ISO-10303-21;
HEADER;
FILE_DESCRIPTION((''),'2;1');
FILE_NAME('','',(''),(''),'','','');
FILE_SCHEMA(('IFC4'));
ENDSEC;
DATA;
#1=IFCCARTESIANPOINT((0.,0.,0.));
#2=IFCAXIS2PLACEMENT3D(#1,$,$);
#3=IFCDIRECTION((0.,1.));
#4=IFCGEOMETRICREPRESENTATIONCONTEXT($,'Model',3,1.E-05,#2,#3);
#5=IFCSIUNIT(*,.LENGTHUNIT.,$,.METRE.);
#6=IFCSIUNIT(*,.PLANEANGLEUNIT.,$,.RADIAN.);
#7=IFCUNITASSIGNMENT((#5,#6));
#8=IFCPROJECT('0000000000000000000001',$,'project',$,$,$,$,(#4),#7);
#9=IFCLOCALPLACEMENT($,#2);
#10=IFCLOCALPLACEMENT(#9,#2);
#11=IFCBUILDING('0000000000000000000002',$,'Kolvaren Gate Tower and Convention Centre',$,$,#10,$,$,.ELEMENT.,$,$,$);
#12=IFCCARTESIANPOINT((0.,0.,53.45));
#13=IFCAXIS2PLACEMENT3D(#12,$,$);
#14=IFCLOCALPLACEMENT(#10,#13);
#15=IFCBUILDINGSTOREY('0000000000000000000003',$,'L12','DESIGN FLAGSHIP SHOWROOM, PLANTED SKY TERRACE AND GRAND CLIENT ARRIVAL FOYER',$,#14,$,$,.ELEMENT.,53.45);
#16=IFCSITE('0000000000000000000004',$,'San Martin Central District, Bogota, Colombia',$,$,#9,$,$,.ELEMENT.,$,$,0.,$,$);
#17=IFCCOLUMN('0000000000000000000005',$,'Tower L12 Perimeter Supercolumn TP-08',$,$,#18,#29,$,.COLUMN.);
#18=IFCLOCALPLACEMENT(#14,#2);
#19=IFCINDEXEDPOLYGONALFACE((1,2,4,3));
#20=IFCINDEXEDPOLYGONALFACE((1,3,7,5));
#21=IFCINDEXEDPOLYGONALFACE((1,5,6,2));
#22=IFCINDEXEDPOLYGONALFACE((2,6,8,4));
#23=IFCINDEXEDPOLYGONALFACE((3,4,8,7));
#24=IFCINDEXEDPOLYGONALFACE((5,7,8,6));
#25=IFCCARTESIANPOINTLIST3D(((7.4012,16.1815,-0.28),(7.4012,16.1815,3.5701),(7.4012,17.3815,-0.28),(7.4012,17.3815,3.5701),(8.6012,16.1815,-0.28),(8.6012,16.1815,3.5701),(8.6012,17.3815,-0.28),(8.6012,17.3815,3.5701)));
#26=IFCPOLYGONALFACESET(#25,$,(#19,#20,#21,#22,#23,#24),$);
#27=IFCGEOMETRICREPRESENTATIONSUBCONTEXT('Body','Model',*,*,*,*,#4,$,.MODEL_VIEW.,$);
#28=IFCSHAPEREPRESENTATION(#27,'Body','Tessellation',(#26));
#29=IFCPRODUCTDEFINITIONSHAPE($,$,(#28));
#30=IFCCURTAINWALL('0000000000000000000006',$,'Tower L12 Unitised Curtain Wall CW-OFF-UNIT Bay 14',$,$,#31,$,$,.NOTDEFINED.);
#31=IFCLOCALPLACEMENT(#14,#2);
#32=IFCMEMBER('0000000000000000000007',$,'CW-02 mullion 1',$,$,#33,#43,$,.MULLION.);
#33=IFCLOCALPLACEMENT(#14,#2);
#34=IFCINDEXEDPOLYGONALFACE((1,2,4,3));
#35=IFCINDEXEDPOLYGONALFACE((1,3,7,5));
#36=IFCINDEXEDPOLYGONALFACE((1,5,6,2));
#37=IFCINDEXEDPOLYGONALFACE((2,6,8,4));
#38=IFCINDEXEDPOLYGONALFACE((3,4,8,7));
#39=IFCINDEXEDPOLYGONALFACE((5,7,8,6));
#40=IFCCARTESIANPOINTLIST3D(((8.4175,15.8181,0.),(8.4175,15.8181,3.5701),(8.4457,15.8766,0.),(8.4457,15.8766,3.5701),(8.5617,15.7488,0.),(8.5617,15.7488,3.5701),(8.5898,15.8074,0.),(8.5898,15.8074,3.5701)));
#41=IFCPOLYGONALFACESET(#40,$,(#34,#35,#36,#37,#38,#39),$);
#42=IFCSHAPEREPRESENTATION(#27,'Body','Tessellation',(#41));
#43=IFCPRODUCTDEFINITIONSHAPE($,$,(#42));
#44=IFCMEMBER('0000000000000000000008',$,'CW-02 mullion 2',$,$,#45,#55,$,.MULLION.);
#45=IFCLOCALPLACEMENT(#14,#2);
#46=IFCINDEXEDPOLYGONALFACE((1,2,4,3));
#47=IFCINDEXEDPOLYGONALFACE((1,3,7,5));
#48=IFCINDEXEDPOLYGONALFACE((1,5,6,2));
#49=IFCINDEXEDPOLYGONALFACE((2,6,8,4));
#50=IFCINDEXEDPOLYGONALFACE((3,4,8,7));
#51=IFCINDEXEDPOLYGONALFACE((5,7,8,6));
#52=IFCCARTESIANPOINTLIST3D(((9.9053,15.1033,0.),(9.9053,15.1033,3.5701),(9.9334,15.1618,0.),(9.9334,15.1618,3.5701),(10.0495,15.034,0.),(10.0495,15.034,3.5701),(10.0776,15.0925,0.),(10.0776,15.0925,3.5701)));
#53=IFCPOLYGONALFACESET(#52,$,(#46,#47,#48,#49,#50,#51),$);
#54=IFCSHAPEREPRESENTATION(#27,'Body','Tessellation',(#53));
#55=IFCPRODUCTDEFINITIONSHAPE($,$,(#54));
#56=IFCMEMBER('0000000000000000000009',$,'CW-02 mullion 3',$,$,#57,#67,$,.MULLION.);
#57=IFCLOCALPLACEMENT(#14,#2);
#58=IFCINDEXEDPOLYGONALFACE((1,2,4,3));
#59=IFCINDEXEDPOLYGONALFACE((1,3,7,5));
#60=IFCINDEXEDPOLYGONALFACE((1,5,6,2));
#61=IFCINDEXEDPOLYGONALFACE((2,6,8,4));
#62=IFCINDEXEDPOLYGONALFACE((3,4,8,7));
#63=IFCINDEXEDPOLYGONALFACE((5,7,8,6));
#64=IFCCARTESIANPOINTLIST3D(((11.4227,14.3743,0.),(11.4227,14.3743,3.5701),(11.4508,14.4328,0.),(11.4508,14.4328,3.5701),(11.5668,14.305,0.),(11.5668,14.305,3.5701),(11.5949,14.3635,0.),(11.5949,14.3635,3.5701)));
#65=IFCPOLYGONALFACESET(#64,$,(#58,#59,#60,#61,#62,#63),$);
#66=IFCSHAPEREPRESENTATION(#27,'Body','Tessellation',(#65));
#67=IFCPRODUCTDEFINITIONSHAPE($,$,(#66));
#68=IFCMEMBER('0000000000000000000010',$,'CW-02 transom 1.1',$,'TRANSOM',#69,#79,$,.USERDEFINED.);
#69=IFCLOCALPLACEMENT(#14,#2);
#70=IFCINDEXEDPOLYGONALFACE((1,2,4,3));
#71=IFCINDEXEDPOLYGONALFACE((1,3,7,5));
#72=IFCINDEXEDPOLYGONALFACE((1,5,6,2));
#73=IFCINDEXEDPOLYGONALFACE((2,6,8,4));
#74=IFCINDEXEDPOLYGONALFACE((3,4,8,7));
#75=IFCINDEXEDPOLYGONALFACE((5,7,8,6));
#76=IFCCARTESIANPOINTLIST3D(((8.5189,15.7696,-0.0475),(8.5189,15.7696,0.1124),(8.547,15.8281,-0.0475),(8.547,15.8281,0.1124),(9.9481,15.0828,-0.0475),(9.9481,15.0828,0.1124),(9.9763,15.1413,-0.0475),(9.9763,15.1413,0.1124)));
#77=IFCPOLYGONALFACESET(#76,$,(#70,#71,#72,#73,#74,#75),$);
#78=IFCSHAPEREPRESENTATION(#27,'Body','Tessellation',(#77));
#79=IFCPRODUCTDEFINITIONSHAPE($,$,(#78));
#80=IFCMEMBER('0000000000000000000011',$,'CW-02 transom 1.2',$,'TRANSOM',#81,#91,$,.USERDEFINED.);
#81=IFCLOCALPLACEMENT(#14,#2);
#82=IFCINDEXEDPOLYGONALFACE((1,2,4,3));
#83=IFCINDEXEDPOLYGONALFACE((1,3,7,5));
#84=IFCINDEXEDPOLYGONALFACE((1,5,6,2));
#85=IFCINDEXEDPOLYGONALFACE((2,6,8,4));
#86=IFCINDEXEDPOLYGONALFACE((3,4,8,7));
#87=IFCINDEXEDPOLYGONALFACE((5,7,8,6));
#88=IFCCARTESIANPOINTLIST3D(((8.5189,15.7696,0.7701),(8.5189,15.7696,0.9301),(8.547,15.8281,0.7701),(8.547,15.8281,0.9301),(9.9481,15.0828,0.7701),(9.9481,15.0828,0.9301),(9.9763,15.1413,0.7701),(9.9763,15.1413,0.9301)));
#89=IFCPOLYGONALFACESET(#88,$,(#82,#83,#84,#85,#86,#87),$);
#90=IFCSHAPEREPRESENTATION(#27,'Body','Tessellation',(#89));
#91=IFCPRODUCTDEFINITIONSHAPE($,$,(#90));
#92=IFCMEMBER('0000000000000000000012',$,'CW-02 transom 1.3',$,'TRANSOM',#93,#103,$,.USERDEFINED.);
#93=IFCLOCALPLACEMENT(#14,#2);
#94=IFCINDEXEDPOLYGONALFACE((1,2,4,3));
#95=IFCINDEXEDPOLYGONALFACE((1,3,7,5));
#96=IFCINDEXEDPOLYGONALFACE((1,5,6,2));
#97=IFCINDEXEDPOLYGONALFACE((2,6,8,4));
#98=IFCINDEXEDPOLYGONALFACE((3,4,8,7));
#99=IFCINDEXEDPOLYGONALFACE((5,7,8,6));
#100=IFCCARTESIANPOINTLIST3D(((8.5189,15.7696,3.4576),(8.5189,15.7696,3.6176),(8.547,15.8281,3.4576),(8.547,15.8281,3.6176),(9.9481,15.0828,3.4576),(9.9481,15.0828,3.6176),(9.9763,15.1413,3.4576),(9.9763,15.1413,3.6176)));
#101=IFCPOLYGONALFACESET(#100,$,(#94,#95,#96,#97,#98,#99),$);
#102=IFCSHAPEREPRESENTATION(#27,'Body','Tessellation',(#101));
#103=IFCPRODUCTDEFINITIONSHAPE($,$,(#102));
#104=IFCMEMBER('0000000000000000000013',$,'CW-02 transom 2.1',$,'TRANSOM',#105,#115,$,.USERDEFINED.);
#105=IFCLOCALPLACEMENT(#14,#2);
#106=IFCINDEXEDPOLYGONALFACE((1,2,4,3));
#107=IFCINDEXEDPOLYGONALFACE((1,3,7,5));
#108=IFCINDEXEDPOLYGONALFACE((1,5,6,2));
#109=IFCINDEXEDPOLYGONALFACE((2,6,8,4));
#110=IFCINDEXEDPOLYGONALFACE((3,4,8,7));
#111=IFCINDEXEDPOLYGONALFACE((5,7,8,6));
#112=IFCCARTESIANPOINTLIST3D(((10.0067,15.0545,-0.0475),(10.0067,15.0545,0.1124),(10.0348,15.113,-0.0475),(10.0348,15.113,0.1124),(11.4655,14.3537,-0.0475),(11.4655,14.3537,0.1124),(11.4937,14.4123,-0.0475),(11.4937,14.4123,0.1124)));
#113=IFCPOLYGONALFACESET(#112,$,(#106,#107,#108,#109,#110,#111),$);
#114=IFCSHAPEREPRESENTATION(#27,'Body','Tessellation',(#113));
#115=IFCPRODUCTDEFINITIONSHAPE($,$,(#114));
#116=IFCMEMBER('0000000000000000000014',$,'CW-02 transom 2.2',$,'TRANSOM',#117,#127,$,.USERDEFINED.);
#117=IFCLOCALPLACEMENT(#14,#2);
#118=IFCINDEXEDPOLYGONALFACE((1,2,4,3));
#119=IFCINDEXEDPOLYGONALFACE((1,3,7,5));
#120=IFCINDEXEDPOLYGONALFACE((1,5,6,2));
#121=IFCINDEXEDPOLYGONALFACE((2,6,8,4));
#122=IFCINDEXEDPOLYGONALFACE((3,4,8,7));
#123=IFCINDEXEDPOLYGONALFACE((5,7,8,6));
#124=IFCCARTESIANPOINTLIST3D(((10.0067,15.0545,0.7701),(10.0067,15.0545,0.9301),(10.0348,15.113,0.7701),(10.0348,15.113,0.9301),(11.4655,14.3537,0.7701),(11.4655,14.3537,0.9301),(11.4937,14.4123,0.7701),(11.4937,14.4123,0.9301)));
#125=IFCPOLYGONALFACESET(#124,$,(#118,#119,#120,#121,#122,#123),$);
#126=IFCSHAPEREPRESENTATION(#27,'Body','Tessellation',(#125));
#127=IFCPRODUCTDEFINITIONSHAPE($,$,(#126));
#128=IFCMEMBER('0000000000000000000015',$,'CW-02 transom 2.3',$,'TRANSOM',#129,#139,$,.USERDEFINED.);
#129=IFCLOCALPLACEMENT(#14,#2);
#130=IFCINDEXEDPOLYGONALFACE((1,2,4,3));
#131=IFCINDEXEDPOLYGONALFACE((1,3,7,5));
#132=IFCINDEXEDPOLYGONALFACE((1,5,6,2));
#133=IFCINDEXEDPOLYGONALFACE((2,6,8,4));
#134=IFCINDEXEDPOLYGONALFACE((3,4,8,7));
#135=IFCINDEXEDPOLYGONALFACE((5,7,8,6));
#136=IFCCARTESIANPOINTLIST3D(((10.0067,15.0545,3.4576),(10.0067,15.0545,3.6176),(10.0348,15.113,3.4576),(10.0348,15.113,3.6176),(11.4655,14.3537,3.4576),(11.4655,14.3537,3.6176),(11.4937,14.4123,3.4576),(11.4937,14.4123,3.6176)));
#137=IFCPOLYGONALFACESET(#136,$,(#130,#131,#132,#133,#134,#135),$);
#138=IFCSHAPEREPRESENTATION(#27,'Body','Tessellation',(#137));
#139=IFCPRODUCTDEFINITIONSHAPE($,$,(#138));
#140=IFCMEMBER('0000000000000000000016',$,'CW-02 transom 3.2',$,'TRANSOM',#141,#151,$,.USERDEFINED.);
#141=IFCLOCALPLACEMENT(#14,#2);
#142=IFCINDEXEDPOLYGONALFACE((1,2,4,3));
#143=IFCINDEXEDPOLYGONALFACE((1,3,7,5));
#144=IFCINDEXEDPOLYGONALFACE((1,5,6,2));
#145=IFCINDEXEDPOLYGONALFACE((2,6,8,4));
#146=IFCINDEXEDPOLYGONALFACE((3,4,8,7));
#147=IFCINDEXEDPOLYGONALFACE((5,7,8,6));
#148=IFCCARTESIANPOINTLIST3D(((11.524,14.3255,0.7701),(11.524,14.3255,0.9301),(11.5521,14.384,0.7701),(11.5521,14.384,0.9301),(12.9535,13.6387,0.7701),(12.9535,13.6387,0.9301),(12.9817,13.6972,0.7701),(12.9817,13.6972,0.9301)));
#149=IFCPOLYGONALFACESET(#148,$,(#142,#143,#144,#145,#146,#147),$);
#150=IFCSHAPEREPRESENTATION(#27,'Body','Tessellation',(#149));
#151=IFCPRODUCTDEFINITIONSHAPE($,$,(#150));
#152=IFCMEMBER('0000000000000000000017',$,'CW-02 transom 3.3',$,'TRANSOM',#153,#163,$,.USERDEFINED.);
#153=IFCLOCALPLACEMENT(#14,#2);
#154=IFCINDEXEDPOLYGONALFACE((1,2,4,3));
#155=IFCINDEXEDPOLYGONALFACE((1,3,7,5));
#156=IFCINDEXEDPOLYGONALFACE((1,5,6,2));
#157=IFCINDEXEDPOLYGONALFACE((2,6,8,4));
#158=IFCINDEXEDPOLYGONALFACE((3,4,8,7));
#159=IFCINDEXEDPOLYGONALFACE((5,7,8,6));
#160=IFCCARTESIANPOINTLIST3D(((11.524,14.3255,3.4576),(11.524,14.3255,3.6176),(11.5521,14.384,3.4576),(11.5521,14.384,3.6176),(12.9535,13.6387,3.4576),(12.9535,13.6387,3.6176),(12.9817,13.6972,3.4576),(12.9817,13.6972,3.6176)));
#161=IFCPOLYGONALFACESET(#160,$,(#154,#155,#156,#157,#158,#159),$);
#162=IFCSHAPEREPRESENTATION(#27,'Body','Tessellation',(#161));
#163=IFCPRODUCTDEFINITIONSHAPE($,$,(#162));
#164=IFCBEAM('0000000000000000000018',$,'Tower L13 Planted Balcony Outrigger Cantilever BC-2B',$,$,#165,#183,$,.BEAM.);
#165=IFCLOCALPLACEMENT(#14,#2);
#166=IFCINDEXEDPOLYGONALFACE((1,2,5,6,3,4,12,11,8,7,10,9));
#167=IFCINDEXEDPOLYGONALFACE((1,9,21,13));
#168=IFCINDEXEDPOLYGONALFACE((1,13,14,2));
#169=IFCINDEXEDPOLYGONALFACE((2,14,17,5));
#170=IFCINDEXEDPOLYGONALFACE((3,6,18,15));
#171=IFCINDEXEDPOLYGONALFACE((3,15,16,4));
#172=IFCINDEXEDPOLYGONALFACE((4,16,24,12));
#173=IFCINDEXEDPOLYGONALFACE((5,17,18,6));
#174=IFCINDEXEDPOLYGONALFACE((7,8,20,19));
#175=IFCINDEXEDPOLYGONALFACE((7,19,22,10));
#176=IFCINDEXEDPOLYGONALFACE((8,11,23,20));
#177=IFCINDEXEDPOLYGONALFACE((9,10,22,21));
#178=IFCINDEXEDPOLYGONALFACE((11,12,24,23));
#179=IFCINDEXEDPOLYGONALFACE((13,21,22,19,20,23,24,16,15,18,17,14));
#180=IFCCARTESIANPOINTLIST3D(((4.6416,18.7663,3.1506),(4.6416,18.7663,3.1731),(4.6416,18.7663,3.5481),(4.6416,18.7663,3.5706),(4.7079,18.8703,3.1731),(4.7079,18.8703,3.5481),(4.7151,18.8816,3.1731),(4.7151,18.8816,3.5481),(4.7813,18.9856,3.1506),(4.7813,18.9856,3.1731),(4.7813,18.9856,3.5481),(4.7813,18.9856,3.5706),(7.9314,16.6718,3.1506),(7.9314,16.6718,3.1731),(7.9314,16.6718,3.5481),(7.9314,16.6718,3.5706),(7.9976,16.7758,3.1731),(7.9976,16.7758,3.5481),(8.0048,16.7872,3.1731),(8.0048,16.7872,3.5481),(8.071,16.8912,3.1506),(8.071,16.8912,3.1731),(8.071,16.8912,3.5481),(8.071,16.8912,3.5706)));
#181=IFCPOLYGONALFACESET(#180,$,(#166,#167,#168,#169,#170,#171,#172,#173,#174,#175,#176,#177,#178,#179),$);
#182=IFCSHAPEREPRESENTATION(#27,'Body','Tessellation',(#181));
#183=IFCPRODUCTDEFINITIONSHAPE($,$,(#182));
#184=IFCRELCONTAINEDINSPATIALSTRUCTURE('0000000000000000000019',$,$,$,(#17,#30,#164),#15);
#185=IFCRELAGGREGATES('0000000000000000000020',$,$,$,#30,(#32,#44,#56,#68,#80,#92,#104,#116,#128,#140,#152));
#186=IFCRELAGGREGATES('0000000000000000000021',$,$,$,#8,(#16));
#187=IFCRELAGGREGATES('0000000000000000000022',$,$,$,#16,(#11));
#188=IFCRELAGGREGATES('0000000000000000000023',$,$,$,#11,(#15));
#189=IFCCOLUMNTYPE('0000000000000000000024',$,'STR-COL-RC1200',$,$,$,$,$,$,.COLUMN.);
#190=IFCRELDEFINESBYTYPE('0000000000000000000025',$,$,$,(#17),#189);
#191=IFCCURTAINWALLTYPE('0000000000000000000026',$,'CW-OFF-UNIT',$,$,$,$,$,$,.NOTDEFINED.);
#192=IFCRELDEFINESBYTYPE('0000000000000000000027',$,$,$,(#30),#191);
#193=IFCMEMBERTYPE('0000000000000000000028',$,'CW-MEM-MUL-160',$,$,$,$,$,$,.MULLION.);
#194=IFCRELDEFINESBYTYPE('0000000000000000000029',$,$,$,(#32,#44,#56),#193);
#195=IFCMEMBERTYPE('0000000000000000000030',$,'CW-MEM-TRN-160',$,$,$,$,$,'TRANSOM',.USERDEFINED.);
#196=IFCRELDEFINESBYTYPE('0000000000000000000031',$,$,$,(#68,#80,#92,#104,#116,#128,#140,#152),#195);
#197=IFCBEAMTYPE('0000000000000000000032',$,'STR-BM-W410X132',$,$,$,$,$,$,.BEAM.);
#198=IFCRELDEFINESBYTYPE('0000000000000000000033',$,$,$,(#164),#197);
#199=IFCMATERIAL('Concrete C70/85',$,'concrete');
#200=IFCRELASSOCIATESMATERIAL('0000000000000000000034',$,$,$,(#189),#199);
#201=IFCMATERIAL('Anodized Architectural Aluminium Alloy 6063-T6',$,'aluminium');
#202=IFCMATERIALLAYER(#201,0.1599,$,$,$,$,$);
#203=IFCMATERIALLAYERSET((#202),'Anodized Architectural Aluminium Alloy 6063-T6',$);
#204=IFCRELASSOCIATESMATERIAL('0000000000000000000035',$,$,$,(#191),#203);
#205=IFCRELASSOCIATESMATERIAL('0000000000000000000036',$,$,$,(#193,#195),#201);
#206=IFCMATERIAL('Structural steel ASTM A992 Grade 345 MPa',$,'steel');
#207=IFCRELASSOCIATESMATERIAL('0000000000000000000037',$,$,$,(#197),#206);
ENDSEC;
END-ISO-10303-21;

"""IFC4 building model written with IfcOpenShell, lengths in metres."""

from ifc_helpers import new_model, si_unit, direction, frame, origin, origin_2d, place, context, subcontext, project, spatial, rectangle, i_section, extrude, material, layer, layer_set, material_profile, profile_set, type_object, element, aggregate, save


model = new_model("IFC4")

# Units and contexts
model_context = context("Model", 3, precision=1e-05, world=origin(), true_north=direction((0.0, 1.0)))
body_context = subcontext(model_context, "Body", "Model", "MODEL_VIEW")
ifc_project = project(units=[si_unit("LENGTHUNIT", "METRE"), si_unit("PLANEANGLEUNIT", "RADIAN")], contexts=[model_context])

# Site, building, storey
site_placement = place(None, origin())
site = spatial("IfcSite", under=ifc_project, at=site_placement, Name="San Martin Central District, Bogota, Colombia", CompositionType="ELEMENT", RefElevation=0.0)
building_placement = place(site_placement, origin())
building = spatial("IfcBuilding", under=site, at=building_placement, Name="Kolvaren Gate Tower and Convention Centre", CompositionType="ELEMENT")
storey_placement = place(building_placement, frame((0.0, 0.0, 53.45)))
storey = spatial("IfcBuildingStorey", under=building, at=storey_placement, Name="L12", Description="DESIGN FLAGSHIP SHOWROOM, PLANTED SKY TERRACE AND GRAND CLIENT ARRIVAL FOYER", CompositionType="ELEMENT", Elevation=53.45)

# Column
ifc_material_1 = material(Name="Concrete C70/85", Category="concrete")
ifc_material_profile_1 = material_profile(ifc_material_1, rectangle(XDim=1.2, YDim=1.2, at=origin_2d()), Name="RC-COL-1200X1200")
ifc_profile_set_1 = profile_set([ifc_material_profile_1], Name="Concrete C70/85")
column_type = type_object("IfcColumnType", Name="STR-COL-RC1200", PredefinedType="COLUMN", material=ifc_profile_set_1)
column_placement = place(storey_placement, frame((8.0012, 16.7815, -0.28), z_axis=(0.0, 0.0, 1.0), x_axis=(1.0, 0.0, 0.0)))
element("IfcColumn", 1, at=column_placement, inside=storey, type_object=column_type, Name="Tower L12 Perimeter Supercolumn TP-08", PredefinedType="COLUMN", context=body_context, shape_type="SweptSolid", body=[
    extrude(rectangle(XDim=1.2, YDim=1.2, at=origin_2d()), origin(), (0.0, 0.0, 1.0), 3.8501),
])

# Curtain wall, members
ifc_material_2 = material(Name="Anodized Architectural Aluminium Alloy 6063-T6", Category="aluminium")
ifc_layer_1 = layer(ifc_material_2, 0.1599)
ifc_layer_set_1 = layer_set([ifc_layer_1], Name="Anodized Architectural Aluminium Alloy 6063-T6")
curtain_wall_type = type_object("IfcCurtainWallType", Name="CW-OFF-UNIT", PredefinedType="NOTDEFINED", material=ifc_layer_set_1)
curtain_wall_placement = place(storey_placement, origin())
curtain_wall = element("IfcCurtainWall", 2, at=curtain_wall_placement, inside=storey, type_object=curtain_wall_type, Name="Tower L12 Unitised Curtain Wall CW-OFF-UNIT Bay 14", PredefinedType="NOTDEFINED")
ifc_material_profile_2 = material_profile(ifc_material_2, rectangle(XDim=0.0649, YDim=0.1599, at=origin_2d()), Name="CW-MEM-MUL-160")
ifc_profile_set_2 = profile_set([ifc_material_profile_2], Name="Anodized Architectural Aluminium Alloy 6063-T6")
member_type_1 = type_object("IfcMemberType", Name="CW-MEM-MUL-160", PredefinedType="MULLION", material=ifc_profile_set_2)
member_1_placement = place(storey_placement, frame((8.5037, 15.8127, 0.0), z_axis=(0.0, 0.0, 1.0), x_axis=(0.433075, 0.901358, 0.0)))
member_1 = element("IfcMember", 3, at=member_1_placement, type_object=member_type_1, Name="CW-02 mullion 1", PredefinedType="MULLION", context=body_context, shape_type="SweptSolid", body=[
    extrude(rectangle(XDim=0.0649, YDim=0.1599, at=origin_2d()), origin(), (0.0, 0.0, 1.0), 3.5701),
])
member_2_placement = place(storey_placement, frame((9.9915, 15.0979, 0.0), z_axis=(0.0, 0.0, 1.0), x_axis=(0.433075, 0.901358, 0.0)))
member_2 = element("IfcMember", 4, at=member_2_placement, type_object=member_type_1, Name="CW-02 mullion 2", PredefinedType="MULLION", context=body_context, shape_type="SweptSolid", body=[
    extrude(rectangle(XDim=0.0649, YDim=0.1599, at=origin_2d()), origin(), (0.0, 0.0, 1.0), 3.5701),
])
member_3_placement = place(storey_placement, frame((11.5088, 14.3689, 0.0), z_axis=(0.0, 0.0, 1.0), x_axis=(0.433075, 0.901358, 0.0)))
member_3 = element("IfcMember", 5, at=member_3_placement, type_object=member_type_1, Name="CW-02 mullion 3", PredefinedType="MULLION", context=body_context, shape_type="SweptSolid", body=[
    extrude(rectangle(XDim=0.0649, YDim=0.1599, at=origin_2d()), origin(), (0.0, 0.0, 1.0), 3.5701),
])
ifc_material_profile_3 = material_profile(ifc_material_2, rectangle(XDim=0.0649, YDim=0.1599, at=origin_2d()), Name="CW-MEM-TRN-160")
ifc_profile_set_3 = profile_set([ifc_material_profile_3], Name="Anodized Architectural Aluminium Alloy 6063-T6")
member_type_2 = type_object("IfcMemberType", Name="CW-MEM-TRN-160", ElementType="TRANSOM", PredefinedType="USERDEFINED", material=ifc_profile_set_3)
member_4_placement = place(storey_placement, frame((8.533, 15.7988, 0.0325), z_axis=(0.901338, -0.433116, 0.0), x_axis=(0.433116, 0.901338, 0.0)))
member_4 = element("IfcMember", 6, at=member_4_placement, type_object=member_type_2, Name="CW-02 transom 1.1", ObjectType="TRANSOM", PredefinedType="USERDEFINED", context=body_context, shape_type="SweptSolid", body=[
    extrude(rectangle(XDim=0.0649, YDim=0.1599, at=origin_2d()), origin(), (0.0, 0.0, 1.0), 1.5857),
])
member_5_placement = place(storey_placement, frame((8.533, 15.7988, 0.8501), z_axis=(0.901338, -0.433116, 0.0), x_axis=(0.433116, 0.901338, 0.0)))
member_5 = element("IfcMember", 7, at=member_5_placement, type_object=member_type_2, Name="CW-02 transom 1.2", ObjectType="TRANSOM", PredefinedType="USERDEFINED", context=body_context, shape_type="SweptSolid", body=[
    extrude(rectangle(XDim=0.0649, YDim=0.1599, at=origin_2d()), origin(), (0.0, 0.0, 1.0), 1.5857),
])
member_6_placement = place(storey_placement, frame((8.533, 15.7988, 3.5376), z_axis=(0.901338, -0.433116, 0.0), x_axis=(0.433116, 0.901338, 0.0)))
member_6 = element("IfcMember", 8, at=member_6_placement, type_object=member_type_2, Name="CW-02 transom 1.3", ObjectType="TRANSOM", PredefinedType="USERDEFINED", context=body_context, shape_type="SweptSolid", body=[
    extrude(rectangle(XDim=0.0649, YDim=0.1599, at=origin_2d()), origin(), (0.0, 0.0, 1.0), 1.5857),
])
member_7_placement = place(storey_placement, frame((10.0208, 15.0837, 0.0325), z_axis=(0.901405, -0.432976, 0.0), x_axis=(0.432976, 0.901405, 0.0)))
member_7 = element("IfcMember", 9, at=member_7_placement, type_object=member_type_2, Name="CW-02 transom 2.1", ObjectType="TRANSOM", PredefinedType="USERDEFINED", context=body_context, shape_type="SweptSolid", body=[
    extrude(rectangle(XDim=0.0649, YDim=0.1599, at=origin_2d()), origin(), (0.0, 0.0, 1.0), 1.6184),
])
member_8_placement = place(storey_placement, frame((10.0208, 15.0837, 0.8501), z_axis=(0.901405, -0.432976, 0.0), x_axis=(0.432976, 0.901405, 0.0)))
member_8 = element("IfcMember", 10, at=member_8_placement, type_object=member_type_2, Name="CW-02 transom 2.2", ObjectType="TRANSOM", PredefinedType="USERDEFINED", context=body_context, shape_type="SweptSolid", body=[
    extrude(rectangle(XDim=0.0649, YDim=0.1599, at=origin_2d()), origin(), (0.0, 0.0, 1.0), 1.6184),
])
member_9_placement = place(storey_placement, frame((10.0208, 15.0837, 3.5376), z_axis=(0.901405, -0.432976, 0.0), x_axis=(0.432976, 0.901405, 0.0)))
member_9 = element("IfcMember", 11, at=member_9_placement, type_object=member_type_2, Name="CW-02 transom 2.3", ObjectType="TRANSOM", PredefinedType="USERDEFINED", context=body_context, shape_type="SweptSolid", body=[
    extrude(rectangle(XDim=0.0649, YDim=0.1599, at=origin_2d()), origin(), (0.0, 0.0, 1.0), 1.6184),
])
member_10_placement = place(storey_placement, frame((11.5381, 14.3547, 0.8501), z_axis=(0.901367, -0.433056, 0.0), x_axis=(0.433056, 0.901367, 0.0)))
member_10 = element("IfcMember", 12, at=member_10_placement, type_object=member_type_2, Name="CW-02 transom 3.2", ObjectType="TRANSOM", PredefinedType="USERDEFINED", context=body_context, shape_type="SweptSolid", body=[
    extrude(rectangle(XDim=0.0649, YDim=0.1599, at=origin_2d()), origin(), (0.0, 0.0, 1.0), 1.5859),
])
member_11_placement = place(storey_placement, frame((11.5381, 14.3547, 3.5376), z_axis=(0.901367, -0.433056, 0.0), x_axis=(0.433056, 0.901367, 0.0)))
member_11 = element("IfcMember", 13, at=member_11_placement, type_object=member_type_2, Name="CW-02 transom 3.3", ObjectType="TRANSOM", PredefinedType="USERDEFINED", context=body_context, shape_type="SweptSolid", body=[
    extrude(rectangle(XDim=0.0649, YDim=0.1599, at=origin_2d()), origin(), (0.0, 0.0, 1.0), 1.5859),
])

# Beam
ifc_material_3 = material(Name="Structural steel ASTM A992 Grade 345 MPa", Category="steel")
ifc_material_profile_4 = material_profile(ifc_material_3, i_section(OverallWidth=0.26, OverallDepth=0.4199, WebThickness=0.0134, FlangeThickness=0.0225, at=origin_2d()), Name="W410X132")
ifc_profile_set_4 = profile_set([ifc_material_profile_4], Name="Structural steel ASTM A992 Grade 345 MPa")
beam_type_1 = type_object("IfcBeamType", Name="STR-BM-W410X132", PredefinedType="BEAM", material=ifc_profile_set_4)
beam_1_placement = place(storey_placement, frame((8.0012, 16.7815, 3.3606), z_axis=(-0.843548, 0.537054, 0.0), x_axis=(-0.537054, -0.843548, 0.0)))
element("IfcBeam", 14, at=beam_1_placement, inside=storey, type_object=beam_type_1, Name="Tower L13 Planted Balcony Outrigger Cantilever BC-2B", PredefinedType="BEAM", context=body_context, shape_type="SweptSolid", body=[
    extrude(i_section(OverallWidth=0.26, OverallDepth=0.4199, WebThickness=0.0134, FlangeThickness=0.0225, at=origin_2d()), origin(), (0.0, 0.0, 1.0), 3.8999),
])

aggregate(curtain_wall, [member_1, member_2, member_3, member_4, member_5, member_6, member_7, member_8, member_9, member_10, member_11])

save(model, "model.ifc")
